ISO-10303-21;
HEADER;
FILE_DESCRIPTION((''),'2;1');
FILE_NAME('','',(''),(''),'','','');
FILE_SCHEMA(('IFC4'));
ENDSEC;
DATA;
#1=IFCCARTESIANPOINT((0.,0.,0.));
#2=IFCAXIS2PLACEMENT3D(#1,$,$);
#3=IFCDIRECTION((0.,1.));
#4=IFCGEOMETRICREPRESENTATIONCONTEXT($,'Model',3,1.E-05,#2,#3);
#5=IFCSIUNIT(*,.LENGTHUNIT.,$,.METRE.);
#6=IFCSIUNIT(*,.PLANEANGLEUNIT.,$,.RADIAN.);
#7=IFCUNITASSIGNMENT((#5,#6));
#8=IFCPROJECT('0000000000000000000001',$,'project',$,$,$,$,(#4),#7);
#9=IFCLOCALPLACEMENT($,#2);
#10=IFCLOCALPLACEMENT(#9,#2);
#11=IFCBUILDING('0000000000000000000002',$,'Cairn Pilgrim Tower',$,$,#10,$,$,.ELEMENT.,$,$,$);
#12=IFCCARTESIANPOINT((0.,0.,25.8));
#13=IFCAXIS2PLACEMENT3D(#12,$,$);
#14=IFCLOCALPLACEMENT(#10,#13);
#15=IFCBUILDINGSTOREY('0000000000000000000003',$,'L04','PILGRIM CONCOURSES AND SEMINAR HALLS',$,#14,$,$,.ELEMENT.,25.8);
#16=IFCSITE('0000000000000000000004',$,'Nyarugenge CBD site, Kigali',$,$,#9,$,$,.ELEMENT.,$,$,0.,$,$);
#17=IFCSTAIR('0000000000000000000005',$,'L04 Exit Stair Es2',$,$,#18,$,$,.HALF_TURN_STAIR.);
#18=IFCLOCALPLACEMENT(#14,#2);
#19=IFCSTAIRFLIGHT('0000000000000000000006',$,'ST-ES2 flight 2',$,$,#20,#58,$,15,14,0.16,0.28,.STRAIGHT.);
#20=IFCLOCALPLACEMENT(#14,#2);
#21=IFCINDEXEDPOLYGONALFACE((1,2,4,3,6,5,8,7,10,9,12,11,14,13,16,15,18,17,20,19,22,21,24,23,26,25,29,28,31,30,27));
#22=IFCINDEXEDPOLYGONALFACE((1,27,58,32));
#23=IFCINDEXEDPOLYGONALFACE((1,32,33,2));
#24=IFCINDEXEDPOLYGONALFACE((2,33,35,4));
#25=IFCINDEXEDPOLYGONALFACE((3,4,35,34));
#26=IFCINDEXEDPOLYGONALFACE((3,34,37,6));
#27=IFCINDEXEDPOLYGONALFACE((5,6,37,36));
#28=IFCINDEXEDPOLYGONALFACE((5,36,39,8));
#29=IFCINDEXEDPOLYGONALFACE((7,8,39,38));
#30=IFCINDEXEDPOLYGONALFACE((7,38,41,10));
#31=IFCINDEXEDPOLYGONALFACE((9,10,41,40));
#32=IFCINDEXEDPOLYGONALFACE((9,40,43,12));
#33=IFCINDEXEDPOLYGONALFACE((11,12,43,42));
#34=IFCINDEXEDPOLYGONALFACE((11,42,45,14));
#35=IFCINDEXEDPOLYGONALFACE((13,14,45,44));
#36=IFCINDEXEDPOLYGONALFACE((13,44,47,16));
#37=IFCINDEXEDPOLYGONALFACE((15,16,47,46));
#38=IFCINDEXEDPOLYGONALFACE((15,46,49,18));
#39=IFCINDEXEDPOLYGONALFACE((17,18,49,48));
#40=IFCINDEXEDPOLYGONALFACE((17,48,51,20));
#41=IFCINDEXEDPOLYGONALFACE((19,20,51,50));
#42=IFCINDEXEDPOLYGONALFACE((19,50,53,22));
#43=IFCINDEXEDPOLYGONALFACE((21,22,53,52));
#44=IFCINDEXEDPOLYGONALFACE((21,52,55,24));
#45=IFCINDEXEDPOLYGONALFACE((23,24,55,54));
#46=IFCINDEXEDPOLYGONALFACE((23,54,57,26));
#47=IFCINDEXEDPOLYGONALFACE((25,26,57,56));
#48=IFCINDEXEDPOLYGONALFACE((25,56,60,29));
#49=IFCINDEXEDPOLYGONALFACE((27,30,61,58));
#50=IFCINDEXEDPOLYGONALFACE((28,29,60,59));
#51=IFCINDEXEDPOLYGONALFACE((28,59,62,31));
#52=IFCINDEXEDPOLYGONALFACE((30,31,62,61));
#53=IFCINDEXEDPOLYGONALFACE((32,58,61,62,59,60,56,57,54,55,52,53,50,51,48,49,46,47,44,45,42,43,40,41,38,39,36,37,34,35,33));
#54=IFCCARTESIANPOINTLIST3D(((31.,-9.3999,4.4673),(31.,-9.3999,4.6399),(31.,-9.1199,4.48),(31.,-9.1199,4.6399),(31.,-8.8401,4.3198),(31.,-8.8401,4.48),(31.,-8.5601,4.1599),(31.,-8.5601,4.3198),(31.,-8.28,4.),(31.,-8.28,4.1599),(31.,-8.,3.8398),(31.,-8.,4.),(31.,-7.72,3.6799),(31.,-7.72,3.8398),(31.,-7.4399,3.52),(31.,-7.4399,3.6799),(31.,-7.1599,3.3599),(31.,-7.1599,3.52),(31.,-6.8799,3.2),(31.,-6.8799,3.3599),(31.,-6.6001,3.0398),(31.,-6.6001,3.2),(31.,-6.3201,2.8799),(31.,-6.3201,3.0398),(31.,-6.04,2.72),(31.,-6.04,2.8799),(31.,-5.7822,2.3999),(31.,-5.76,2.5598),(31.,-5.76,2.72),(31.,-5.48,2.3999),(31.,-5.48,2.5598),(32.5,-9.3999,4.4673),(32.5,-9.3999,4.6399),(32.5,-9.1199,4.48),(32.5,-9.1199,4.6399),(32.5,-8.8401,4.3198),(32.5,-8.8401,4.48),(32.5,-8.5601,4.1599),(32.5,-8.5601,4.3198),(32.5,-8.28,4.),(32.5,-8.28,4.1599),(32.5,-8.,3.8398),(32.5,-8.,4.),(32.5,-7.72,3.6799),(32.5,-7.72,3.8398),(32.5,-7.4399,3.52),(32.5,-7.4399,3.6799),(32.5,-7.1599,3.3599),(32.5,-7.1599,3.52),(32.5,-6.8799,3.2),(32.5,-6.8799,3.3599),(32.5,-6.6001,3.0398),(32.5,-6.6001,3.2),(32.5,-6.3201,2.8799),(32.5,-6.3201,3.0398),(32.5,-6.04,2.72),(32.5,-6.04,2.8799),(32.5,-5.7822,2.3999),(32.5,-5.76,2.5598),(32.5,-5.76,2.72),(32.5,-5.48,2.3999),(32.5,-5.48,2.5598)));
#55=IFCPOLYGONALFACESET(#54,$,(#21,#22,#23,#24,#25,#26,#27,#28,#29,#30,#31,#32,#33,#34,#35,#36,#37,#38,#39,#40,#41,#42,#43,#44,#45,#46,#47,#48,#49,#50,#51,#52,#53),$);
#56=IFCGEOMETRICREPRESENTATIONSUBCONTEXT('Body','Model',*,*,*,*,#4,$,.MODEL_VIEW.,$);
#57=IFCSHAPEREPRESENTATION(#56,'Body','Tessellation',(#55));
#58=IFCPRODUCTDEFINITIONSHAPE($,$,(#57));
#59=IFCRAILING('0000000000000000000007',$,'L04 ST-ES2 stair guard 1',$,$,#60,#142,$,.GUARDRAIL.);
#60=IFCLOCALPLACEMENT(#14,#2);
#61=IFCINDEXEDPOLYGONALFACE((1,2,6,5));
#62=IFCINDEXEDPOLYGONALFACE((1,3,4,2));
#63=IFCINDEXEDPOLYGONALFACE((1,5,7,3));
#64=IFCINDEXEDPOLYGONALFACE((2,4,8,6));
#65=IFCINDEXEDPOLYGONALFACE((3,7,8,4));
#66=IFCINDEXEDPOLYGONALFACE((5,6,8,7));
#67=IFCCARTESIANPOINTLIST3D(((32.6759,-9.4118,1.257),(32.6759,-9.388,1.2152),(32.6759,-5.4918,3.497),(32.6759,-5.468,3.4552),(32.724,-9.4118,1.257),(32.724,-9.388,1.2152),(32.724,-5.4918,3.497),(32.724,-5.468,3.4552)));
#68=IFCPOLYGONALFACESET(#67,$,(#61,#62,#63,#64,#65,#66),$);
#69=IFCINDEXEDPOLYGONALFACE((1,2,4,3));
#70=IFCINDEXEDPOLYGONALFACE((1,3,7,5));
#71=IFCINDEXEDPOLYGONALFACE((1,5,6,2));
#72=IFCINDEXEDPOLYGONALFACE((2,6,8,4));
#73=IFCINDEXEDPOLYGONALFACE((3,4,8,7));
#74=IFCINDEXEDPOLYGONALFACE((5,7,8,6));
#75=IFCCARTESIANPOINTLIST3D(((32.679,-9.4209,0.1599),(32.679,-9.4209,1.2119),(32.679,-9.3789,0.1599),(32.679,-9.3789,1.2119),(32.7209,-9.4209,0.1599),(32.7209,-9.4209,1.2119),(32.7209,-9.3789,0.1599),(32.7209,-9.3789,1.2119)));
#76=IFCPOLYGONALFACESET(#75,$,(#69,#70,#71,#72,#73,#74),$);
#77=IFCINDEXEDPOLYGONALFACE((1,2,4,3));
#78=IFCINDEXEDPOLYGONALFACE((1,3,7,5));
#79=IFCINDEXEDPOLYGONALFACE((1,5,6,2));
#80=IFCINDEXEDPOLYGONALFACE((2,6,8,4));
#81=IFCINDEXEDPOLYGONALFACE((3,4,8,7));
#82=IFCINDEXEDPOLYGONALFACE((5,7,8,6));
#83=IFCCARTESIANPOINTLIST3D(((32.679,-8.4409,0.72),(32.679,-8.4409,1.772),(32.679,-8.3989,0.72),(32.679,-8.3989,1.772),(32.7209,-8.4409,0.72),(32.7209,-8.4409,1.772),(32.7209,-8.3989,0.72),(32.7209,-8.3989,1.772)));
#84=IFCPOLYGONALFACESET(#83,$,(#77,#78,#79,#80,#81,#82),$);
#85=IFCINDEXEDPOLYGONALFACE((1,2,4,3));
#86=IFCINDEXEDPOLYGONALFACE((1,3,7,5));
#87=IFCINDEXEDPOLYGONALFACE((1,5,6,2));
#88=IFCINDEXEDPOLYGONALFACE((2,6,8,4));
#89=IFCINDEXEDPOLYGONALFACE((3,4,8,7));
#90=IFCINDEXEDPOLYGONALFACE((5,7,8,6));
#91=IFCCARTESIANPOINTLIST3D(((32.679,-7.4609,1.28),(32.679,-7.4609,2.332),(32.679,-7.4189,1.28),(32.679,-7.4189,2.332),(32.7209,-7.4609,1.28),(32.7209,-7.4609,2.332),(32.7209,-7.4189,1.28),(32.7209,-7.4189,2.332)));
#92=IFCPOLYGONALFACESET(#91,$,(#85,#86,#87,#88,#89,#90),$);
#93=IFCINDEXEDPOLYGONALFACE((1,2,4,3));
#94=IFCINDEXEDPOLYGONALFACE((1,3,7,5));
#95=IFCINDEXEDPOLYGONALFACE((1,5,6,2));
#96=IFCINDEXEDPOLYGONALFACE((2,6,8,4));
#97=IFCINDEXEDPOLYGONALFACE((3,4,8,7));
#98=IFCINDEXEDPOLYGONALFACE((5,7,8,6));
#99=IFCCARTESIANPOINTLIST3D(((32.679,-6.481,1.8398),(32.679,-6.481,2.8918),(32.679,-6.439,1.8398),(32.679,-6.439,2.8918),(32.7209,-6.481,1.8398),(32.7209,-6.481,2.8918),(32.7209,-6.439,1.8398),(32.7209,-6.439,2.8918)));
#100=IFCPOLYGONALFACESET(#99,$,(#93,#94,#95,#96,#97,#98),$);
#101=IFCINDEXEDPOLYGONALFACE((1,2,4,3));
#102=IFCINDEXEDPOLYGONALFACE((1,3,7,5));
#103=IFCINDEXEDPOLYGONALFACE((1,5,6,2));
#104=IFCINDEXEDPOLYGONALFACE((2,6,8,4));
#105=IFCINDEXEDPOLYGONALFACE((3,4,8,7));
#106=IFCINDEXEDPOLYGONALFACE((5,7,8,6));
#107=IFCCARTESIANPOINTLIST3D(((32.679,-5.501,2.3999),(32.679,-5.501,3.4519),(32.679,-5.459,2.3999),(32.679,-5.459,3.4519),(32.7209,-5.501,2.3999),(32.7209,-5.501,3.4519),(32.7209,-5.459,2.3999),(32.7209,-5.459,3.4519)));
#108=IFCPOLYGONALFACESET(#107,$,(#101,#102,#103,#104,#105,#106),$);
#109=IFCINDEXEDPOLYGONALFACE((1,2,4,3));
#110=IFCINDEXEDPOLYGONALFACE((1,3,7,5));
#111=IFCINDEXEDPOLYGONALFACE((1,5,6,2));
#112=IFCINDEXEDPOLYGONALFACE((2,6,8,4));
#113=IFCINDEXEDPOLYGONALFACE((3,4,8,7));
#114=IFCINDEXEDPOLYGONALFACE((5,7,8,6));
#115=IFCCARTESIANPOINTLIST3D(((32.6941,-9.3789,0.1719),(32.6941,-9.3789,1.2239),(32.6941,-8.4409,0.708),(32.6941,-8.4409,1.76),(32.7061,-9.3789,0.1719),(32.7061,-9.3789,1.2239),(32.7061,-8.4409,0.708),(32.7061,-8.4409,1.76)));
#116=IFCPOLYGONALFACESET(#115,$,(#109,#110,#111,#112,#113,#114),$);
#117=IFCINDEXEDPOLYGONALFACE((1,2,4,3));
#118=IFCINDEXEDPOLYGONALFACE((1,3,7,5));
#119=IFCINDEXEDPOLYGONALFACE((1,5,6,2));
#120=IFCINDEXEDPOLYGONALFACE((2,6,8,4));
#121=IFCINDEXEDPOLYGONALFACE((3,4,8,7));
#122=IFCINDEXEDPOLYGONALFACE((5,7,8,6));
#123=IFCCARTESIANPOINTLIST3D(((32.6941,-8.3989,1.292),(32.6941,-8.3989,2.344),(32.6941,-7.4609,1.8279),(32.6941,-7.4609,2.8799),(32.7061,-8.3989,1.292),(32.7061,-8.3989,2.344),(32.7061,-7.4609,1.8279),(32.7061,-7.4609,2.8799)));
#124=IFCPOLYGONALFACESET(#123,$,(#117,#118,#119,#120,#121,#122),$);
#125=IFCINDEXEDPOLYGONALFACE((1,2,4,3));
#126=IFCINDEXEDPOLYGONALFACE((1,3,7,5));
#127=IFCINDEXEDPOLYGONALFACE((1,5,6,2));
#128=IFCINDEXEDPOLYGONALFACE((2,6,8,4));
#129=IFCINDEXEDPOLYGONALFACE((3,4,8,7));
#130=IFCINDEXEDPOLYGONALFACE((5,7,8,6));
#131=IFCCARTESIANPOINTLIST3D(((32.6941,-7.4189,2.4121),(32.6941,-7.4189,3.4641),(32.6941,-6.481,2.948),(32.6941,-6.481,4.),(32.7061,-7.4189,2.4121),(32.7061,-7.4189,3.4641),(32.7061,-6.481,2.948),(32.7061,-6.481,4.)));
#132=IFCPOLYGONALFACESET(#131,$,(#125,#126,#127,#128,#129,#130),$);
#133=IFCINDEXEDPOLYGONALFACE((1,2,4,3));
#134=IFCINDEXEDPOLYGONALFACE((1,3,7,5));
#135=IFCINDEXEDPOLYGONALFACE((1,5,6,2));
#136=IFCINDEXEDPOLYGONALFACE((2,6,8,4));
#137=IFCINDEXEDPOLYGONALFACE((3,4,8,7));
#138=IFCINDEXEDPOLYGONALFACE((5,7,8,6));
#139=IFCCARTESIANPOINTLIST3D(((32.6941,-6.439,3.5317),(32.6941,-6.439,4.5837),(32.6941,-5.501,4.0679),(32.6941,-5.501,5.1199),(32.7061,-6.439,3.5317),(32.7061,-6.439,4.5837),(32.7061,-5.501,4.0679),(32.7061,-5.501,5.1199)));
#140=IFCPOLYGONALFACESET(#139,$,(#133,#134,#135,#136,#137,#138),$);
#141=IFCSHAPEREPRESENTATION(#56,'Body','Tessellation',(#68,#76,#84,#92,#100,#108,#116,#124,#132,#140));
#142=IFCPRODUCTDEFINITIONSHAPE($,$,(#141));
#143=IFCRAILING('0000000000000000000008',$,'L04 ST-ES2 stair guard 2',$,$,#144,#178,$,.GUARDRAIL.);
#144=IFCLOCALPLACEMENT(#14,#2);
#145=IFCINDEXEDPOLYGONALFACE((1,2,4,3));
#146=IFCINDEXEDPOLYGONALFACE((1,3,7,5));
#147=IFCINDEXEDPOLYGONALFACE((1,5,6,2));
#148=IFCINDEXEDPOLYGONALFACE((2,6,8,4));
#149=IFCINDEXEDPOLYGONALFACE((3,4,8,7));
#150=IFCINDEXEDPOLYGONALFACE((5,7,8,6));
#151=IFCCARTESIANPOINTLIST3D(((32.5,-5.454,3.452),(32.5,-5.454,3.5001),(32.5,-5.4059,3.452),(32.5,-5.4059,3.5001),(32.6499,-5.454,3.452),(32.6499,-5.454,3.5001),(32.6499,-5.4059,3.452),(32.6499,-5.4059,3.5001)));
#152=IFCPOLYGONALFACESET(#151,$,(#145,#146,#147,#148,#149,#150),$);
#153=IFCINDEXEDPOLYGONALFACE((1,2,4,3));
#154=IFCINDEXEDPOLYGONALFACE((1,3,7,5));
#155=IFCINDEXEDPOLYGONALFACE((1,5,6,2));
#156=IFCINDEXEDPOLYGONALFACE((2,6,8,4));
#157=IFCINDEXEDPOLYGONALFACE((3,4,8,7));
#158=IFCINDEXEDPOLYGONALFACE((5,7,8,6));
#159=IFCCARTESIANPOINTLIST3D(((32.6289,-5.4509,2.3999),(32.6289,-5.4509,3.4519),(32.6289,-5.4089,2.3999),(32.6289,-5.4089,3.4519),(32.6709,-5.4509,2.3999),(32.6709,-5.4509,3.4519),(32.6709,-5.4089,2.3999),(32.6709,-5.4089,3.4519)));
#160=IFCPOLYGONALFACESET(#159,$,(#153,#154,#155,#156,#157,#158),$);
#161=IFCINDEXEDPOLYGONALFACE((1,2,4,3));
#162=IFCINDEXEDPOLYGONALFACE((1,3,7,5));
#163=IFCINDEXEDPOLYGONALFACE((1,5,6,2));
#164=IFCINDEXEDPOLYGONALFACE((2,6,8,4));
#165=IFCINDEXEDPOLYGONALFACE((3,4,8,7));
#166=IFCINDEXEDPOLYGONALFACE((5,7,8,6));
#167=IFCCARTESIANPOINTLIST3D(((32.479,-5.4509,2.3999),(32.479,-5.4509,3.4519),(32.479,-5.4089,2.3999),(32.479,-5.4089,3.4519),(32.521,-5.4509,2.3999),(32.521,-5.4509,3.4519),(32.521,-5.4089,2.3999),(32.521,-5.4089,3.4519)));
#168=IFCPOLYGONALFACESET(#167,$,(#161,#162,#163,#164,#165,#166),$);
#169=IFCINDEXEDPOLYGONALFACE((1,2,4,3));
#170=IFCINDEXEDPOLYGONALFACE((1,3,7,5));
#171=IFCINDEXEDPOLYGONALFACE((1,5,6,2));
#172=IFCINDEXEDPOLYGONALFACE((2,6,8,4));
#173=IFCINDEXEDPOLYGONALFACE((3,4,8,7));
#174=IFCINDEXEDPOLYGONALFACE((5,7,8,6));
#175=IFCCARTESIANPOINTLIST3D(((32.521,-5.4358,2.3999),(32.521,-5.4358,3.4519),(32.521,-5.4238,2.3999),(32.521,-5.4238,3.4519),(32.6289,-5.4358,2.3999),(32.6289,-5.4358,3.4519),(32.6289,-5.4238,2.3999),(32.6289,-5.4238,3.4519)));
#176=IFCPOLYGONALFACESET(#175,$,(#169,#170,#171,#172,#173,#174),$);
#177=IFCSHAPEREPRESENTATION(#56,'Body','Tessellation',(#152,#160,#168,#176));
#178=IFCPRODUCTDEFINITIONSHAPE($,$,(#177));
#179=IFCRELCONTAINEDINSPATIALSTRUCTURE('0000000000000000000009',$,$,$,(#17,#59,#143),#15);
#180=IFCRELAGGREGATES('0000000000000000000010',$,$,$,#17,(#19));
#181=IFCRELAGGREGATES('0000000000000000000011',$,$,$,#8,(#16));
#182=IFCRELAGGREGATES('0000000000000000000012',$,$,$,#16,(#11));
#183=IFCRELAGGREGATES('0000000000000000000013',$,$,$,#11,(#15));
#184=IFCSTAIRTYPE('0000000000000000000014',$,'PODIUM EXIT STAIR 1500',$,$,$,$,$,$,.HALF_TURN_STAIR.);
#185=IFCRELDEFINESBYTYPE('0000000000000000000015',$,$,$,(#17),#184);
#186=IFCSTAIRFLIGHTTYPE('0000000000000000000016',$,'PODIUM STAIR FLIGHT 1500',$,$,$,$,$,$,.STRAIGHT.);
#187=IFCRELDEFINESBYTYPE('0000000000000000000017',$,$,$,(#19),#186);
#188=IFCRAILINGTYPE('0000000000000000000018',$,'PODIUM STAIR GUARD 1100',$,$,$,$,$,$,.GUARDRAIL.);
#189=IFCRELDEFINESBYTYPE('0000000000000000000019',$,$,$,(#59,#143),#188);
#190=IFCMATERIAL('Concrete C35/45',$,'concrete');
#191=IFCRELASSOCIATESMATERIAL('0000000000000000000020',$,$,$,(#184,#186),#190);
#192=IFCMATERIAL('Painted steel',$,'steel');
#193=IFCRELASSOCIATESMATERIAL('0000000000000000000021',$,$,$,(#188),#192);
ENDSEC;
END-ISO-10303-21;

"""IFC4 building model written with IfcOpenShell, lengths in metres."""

from ifc_helpers import new_model, si_unit, direction, frame, origin, origin_2d, place, context, subcontext, project, spatial, polyline, rectangle, outline, extrude, material, type_object, element, aggregate, save


model = new_model("IFC4")

# Units and contexts
model_context = context("Model", 3, precision=1e-05, world=origin(), true_north=direction((0.0, 1.0)))
body_context = subcontext(model_context, "Body", "Model", "MODEL_VIEW")
ifc_project = project(units=[si_unit("LENGTHUNIT", "METRE"), si_unit("PLANEANGLEUNIT", "RADIAN")], contexts=[model_context])

# Site, building, storey
site_placement = place(None, origin())
site = spatial("IfcSite", under=ifc_project, at=site_placement, Name="Nyarugenge CBD site, Kigali", CompositionType="ELEMENT", RefElevation=0.0)
building_placement = place(site_placement, origin())
building = spatial("IfcBuilding", under=site, at=building_placement, Name="Cairn Pilgrim Tower", CompositionType="ELEMENT")
storey_placement = place(building_placement, frame((0.0, 0.0, 25.8)))
storey = spatial("IfcBuildingStorey", under=building, at=storey_placement, Name="L04", Description="PILGRIM CONCOURSES AND SEMINAR HALLS", CompositionType="ELEMENT", Elevation=25.8)

# Shared definitions
ifc_material_1 = material(Name="Concrete C35/45", Category="concrete")

# Stair, stair flight
stair_type = type_object("IfcStairType", Name="PODIUM EXIT STAIR 1500", PredefinedType="HALF_TURN_STAIR", material=ifc_material_1)
stair_placement = place(storey_placement, origin())
stair = element("IfcStair", 1, at=stair_placement, inside=storey, type_object=stair_type, Name="L04 Exit Stair Es2", PredefinedType="HALF_TURN_STAIR")
stair_flight_type = type_object("IfcStairFlightType", Name="PODIUM STAIR FLIGHT 1500", PredefinedType="STRAIGHT", material=ifc_material_1)
stair_flight_1_placement = place(storey_placement, frame((31.75, -5.48, 2.3999), z_axis=(0.0, 0.0, 1.0), x_axis=(0.0, -1.0, 0.0)))
stair_flight_1 = element("IfcStairFlight", 2, at=stair_flight_1_placement, type_object=stair_flight_type, Name="ST-ES2 flight 2", NumberOfRisers=15, NumberOfTreads=14, PredefinedType="STRAIGHT", RiserHeight=0.16, TreadLength=0.28, context=body_context, shape_type="SweptSolid", body=[
    extrude(outline(polyline([(0.0, 0.0), (0.0, 0.1599), (0.28, 0.1599), (0.28, 0.3201), (0.5601, 0.3201), (0.5601, 0.48), (0.8401, 0.48), (0.8401, 0.6399), (1.1201, 0.6399), (1.1201, 0.8), (1.3999, 0.8), (1.3999, 0.96), (1.6799, 0.96), (1.6799, 1.1201), (1.96, 1.1201), (1.96, 1.28), (2.24, 1.28), (2.24, 1.4399), (2.52, 1.4399), (2.52, 1.6001), (2.8, 1.6001), (2.8, 1.76), (3.0801, 1.76), (3.0801, 1.9199), (3.3601, 1.9199), (3.3601, 2.0801), (3.6399, 2.0801), (3.6399, 2.24), (3.9199, 2.24), (3.9199, 2.3999), (3.9199, 2.0674), (0.3022, 0.0), (0.0, 0.0)])), frame((0.0, 0.75, 0.0), z_axis=(0.0, -1.0, 0.0), x_axis=(1.0, 0.0, 0.0)), (0.0, 0.0, 1.0), 1.5),
])
aggregate(stair, [stair_flight_1])

# Railings
ifc_material_2 = material(Name="Painted steel", Category="steel")
railing_type_1 = type_object("IfcRailingType", Name="PODIUM STAIR GUARD 1100", PredefinedType="GUARDRAIL", material=ifc_material_2)
railing_1_placement = place(storey_placement, frame((32.7, -9.3999, 0.1599)))
element("IfcRailing", 3, at=railing_1_placement, inside=storey, type_object=railing_type_1, Name="L04 ST-ES2 stair guard 1", PredefinedType="GUARDRAIL", context=body_context, shape_type="SweptSolid", body=[
    extrude(rectangle(XDim=0.0481, YDim=0.0481, at=origin_2d()), frame((0.0, 0.0, 1.0762), z_axis=(0.0, 0.86824, 0.496145), x_axis=(-1.0, 0.0, 0.0)), (0.0, 0.0, 1.0), 4.5149),
    extrude(rectangle(XDim=0.042, YDim=0.042, at=origin_2d()), origin(), (0.0, 0.0, 1.0), 1.052),
    extrude(rectangle(XDim=0.042, YDim=0.042, at=origin_2d()), frame((0.0, 0.98, 0.5601)), (0.0, 0.0, 1.0), 1.052),
    extrude(rectangle(XDim=0.042, YDim=0.042, at=origin_2d()), frame((0.0, 1.96, 1.1201)), (0.0, 0.0, 1.0), 1.052),
    extrude(rectangle(XDim=0.042, YDim=0.042, at=origin_2d()), frame((0.0, 2.9399, 1.6799)), (0.0, 0.0, 1.0), 1.052),
    extrude(rectangle(XDim=0.042, YDim=0.042, at=origin_2d()), frame((0.0, 3.9199, 2.24)), (0.0, 0.0, 1.0), 1.052),
    extrude(outline(polyline([(0.021, 0.012), (0.959, 0.5481), (0.959, 1.6001), (0.021, 1.064), (0.021, 0.012)])), frame((-0.0059, 0.0, 0.0), z_axis=(1.0, 0.0, 0.0), x_axis=(0.0, 1.0, 0.0)), (0.0, 0.0, 1.0), 0.012),
    extrude(outline(polyline([(0.021, 0.572), (0.959, 1.1079), (0.959, 2.1599), (0.021, 1.624), (0.021, 0.572)])), frame((-0.0059, 0.98, 0.5601), z_axis=(1.0, 0.0, 0.0), x_axis=(0.0, 1.0, 0.0)), (0.0, 0.0, 1.0), 0.012),
    extrude(outline(polyline([(0.021, 1.1321), (0.959, 1.668), (0.959, 2.72), (0.021, 2.1841), (0.021, 1.1321)])), frame((-0.0059, 1.96, 1.1201), z_axis=(1.0, 0.0, 0.0), x_axis=(0.0, 1.0, 0.0)), (0.0, 0.0, 1.0), 0.012),
    extrude(outline(polyline([(0.021, 1.6919), (0.959, 2.228), (0.959, 3.28), (0.021, 2.7439), (0.021, 1.6919)])), frame((-0.0059, 2.9399, 1.6799), z_axis=(1.0, 0.0, 0.0), x_axis=(0.0, 1.0, 0.0)), (0.0, 0.0, 1.0), 0.012),
])
railing_2_placement = place(storey_placement, frame((32.6499, -5.4299, 2.3999)))
element("IfcRailing", 4, at=railing_2_placement, inside=storey, type_object=railing_type_1, Name="L04 ST-ES2 stair guard 2", PredefinedType="GUARDRAIL", context=body_context, shape_type="SweptSolid", body=[
    extrude(rectangle(XDim=0.0481, YDim=0.0481, at=origin_2d()), frame((0.0, 0.0, 1.0762), z_axis=(-1.0, 0.0, 0.0), x_axis=(0.0, -1.0, 0.0)), (0.0, 0.0, 1.0), 0.1499),
    extrude(rectangle(XDim=0.042, YDim=0.042, at=origin_2d()), origin(), (0.0, 0.0, 1.0), 1.052),
    extrude(rectangle(XDim=0.042, YDim=0.042, at=origin_2d()), frame((-0.1499, 0.0, 0.0)), (0.0, 0.0, 1.0), 1.052),
    extrude(outline(polyline([(0.021, 0.0), (0.1289, 0.0), (0.1289, 1.052), (0.021, 1.052), (0.021, 0.0)])), frame((0.0, -0.0059, 0.0), z_axis=(0.0, 1.0, 0.0), x_axis=(-1.0, 0.0, 0.0)), (0.0, 0.0, 1.0), 0.012),
])

save(model, "model.ifc")
